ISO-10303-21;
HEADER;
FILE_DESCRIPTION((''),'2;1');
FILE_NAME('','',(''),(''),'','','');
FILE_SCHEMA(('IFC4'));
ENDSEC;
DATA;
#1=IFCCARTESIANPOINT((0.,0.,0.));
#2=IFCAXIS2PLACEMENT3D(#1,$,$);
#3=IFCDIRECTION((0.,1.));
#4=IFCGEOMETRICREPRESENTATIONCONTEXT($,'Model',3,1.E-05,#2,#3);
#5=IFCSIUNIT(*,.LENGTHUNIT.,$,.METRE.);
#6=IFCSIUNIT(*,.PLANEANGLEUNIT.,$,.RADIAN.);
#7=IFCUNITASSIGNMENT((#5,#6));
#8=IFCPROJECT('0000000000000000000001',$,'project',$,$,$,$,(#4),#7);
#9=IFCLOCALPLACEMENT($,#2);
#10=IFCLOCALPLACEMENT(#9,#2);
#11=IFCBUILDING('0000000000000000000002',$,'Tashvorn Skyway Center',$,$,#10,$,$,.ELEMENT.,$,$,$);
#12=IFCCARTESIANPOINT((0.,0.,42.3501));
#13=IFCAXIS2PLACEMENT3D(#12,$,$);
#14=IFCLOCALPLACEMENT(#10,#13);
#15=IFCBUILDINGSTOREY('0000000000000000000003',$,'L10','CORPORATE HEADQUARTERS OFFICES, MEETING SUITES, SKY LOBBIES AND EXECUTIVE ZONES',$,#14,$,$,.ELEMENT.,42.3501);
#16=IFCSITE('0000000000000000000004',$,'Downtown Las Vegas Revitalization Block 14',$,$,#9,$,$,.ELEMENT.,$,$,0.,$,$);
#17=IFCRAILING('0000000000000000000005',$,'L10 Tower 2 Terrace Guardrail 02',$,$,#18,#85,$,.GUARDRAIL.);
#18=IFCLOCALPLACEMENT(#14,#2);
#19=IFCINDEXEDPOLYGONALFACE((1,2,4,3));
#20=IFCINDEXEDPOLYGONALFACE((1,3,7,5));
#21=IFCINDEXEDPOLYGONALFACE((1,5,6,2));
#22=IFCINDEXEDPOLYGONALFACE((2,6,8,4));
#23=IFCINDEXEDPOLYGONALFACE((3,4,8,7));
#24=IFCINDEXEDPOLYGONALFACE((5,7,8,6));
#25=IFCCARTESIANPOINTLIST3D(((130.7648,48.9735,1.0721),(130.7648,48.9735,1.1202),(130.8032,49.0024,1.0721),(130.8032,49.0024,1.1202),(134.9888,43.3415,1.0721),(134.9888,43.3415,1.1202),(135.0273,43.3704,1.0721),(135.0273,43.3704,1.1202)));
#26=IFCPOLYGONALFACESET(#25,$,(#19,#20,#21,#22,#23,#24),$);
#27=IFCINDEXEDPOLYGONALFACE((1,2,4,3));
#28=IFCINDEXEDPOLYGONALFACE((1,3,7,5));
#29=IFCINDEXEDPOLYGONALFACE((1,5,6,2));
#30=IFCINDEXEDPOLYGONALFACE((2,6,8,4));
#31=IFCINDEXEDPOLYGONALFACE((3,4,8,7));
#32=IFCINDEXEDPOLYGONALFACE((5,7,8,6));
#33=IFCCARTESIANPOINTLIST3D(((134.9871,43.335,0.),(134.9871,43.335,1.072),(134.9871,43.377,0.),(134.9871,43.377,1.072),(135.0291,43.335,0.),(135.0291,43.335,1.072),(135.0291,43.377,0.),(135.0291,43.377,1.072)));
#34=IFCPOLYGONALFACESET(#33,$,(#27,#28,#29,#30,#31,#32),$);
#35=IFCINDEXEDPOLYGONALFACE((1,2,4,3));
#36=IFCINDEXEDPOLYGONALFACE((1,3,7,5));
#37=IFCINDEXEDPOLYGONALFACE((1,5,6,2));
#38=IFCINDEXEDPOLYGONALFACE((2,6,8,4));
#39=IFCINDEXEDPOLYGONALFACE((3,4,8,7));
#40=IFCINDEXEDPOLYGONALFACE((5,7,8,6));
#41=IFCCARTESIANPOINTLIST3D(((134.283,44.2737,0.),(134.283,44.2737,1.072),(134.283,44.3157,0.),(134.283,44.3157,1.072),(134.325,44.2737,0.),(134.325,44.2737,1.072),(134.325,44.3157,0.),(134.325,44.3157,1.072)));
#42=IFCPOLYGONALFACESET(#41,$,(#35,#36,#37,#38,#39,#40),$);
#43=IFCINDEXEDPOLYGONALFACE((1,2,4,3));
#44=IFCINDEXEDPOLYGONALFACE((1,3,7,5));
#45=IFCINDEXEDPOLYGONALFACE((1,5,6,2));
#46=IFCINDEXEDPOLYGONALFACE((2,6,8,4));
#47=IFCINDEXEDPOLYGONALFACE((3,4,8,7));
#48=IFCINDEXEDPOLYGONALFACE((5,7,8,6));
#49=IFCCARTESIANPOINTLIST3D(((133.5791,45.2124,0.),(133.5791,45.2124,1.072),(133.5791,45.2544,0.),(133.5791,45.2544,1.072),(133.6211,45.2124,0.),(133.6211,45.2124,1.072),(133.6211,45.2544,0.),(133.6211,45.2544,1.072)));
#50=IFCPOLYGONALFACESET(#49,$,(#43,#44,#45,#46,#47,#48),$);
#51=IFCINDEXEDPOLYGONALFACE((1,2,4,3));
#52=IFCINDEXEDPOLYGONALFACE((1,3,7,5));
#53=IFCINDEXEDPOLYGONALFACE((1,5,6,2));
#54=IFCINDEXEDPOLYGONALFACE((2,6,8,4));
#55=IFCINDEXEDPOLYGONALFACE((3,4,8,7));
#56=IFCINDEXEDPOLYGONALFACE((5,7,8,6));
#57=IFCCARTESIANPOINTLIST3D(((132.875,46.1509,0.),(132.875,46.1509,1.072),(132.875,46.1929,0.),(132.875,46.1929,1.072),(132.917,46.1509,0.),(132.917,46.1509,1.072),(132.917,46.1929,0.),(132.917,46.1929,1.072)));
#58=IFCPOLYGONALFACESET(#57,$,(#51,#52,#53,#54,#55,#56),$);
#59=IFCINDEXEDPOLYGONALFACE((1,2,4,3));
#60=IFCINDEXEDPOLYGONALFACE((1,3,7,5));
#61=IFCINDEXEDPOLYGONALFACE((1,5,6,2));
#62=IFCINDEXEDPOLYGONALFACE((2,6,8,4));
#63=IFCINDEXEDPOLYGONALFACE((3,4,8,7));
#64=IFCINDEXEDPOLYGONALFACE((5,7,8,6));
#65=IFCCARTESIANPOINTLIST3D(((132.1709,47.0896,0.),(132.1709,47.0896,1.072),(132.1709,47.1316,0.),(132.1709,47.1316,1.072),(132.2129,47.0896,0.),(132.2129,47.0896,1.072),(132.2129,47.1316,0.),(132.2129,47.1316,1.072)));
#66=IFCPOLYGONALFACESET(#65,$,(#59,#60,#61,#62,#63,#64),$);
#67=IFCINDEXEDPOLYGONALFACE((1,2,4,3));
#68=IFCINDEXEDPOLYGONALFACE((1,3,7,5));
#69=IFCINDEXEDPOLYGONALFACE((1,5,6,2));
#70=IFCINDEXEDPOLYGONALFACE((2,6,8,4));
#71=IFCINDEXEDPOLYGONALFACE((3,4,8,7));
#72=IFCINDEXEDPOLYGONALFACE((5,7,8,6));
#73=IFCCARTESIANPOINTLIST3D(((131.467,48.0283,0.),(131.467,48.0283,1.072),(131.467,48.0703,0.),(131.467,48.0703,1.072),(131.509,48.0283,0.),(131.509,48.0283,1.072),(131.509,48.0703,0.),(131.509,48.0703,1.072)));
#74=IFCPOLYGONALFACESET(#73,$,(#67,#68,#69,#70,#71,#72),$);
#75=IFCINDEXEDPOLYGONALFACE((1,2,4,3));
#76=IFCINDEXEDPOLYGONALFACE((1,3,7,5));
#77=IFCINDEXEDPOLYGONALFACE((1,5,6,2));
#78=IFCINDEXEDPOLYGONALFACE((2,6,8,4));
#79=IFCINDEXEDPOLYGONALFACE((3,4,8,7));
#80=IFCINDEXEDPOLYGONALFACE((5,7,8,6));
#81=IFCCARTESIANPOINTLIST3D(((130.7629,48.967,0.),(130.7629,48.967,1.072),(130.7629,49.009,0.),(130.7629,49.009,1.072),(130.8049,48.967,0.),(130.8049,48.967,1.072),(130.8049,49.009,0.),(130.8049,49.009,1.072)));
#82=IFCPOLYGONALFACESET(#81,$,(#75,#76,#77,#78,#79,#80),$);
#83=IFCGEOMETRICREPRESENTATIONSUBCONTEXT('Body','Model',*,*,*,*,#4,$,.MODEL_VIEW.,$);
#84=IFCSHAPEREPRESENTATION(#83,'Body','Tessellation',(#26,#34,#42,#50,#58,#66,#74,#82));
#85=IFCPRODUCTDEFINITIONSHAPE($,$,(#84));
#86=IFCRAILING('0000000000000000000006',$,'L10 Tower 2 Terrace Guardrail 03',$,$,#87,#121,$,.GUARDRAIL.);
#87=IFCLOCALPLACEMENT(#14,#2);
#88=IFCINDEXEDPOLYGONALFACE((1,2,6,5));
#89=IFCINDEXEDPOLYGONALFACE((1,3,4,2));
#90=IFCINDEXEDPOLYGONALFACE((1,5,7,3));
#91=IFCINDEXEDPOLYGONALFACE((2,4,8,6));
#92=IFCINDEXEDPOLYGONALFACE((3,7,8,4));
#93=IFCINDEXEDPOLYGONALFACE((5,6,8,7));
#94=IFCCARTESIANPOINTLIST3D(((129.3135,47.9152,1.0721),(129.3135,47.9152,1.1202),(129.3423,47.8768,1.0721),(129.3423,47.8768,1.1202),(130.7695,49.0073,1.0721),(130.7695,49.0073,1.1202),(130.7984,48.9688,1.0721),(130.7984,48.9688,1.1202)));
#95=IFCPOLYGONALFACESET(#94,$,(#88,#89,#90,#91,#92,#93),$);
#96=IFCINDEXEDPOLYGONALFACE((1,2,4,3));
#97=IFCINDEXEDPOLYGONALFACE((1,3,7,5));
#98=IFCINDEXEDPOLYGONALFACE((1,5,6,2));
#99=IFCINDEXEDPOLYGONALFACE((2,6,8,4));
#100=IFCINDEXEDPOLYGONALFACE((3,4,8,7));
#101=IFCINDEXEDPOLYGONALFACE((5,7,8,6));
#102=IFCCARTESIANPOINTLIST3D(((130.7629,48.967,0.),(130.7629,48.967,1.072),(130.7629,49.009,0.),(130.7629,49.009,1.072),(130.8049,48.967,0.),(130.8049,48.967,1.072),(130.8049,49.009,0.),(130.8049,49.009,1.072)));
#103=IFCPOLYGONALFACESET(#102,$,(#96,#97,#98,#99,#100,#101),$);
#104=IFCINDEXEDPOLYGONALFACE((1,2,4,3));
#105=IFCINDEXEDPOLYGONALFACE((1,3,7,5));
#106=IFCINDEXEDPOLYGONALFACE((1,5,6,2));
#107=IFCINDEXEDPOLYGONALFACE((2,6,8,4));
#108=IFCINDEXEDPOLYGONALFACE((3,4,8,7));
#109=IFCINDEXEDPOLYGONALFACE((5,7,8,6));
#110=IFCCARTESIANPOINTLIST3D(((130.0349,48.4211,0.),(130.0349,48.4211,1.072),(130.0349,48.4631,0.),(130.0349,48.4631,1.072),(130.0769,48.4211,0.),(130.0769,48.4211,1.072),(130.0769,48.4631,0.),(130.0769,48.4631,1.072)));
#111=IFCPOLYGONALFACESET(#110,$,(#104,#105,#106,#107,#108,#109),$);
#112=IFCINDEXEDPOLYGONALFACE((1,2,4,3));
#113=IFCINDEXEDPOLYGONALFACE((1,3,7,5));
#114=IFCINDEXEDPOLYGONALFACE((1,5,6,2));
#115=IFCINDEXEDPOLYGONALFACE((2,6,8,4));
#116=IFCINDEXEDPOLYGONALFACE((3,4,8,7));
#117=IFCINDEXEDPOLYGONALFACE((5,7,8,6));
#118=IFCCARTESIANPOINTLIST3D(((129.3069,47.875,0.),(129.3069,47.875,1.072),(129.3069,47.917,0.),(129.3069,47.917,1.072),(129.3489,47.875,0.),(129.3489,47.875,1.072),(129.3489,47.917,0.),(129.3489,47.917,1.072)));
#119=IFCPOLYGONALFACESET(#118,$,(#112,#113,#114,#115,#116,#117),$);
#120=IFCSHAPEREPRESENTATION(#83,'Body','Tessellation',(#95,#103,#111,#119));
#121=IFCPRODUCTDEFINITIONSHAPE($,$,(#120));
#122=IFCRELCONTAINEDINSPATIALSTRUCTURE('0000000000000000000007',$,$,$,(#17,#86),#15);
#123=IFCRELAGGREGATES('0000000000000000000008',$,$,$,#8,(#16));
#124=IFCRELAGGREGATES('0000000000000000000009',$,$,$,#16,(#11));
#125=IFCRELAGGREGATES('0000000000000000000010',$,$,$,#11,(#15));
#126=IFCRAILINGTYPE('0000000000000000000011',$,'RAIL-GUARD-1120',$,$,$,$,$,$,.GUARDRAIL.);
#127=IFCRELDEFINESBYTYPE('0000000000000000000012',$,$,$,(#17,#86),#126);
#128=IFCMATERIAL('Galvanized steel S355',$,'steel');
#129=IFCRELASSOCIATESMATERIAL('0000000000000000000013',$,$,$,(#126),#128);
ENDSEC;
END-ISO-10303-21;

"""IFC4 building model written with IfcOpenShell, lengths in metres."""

from ifc_helpers import new_model, si_unit, direction, frame, origin, origin_2d, place, context, subcontext, project, spatial, rectangle, extrude, material, type_object, element, save


model = new_model("IFC4")

# Units and contexts
model_context = context("Model", 3, precision=1e-05, world=origin(), true_north=direction((0.0, 1.0)))
body_context = subcontext(model_context, "Body", "Model", "MODEL_VIEW")
ifc_project = project(units=[si_unit("LENGTHUNIT", "METRE"), si_unit("PLANEANGLEUNIT", "RADIAN")], contexts=[model_context])

# Site, building, storey
site_placement = place(None, origin())
site = spatial("IfcSite", under=ifc_project, at=site_placement, Name="Downtown Las Vegas Revitalization Block 14", CompositionType="ELEMENT", RefElevation=0.0)
building_placement = place(site_placement, origin())
building = spatial("IfcBuilding", under=site, at=building_placement, Name="Tashvorn Skyway Center", CompositionType="ELEMENT")
storey_placement = place(building_placement, frame((0.0, 0.0, 42.3501)))
storey = spatial("IfcBuildingStorey", under=building, at=storey_placement, Name="L10", Description="CORPORATE HEADQUARTERS OFFICES, MEETING SUITES, SKY LOBBIES AND EXECUTIVE ZONES", CompositionType="ELEMENT", Elevation=42.3501)

# Railings
ifc_material_1 = material(Name="Galvanized steel S355", Category="steel")
railing_type = type_object("IfcRailingType", Name="RAIL-GUARD-1120", PredefinedType="GUARDRAIL", material=ifc_material_1)
railing_1_placement = place(storey_placement, frame((135.0081, 43.356, 0.0)))
element("IfcRailing", 1, at=railing_1_placement, inside=storey, type_object=railing_type, Name="L10 Tower 2 Terrace Guardrail 02", PredefinedType="GUARDRAIL", context=body_context, shape_type="SweptSolid", body=[
    extrude(rectangle(XDim=0.0481, YDim=0.0481, at=origin_2d()), frame((0.0, 0.0, 1.0962), z_axis=(-0.600006, 0.799996, 0.0), x_axis=(-0.799996, -0.600006, 0.0)), (0.0, 0.0, 1.0), 7.04),
    extrude(rectangle(XDim=0.042, YDim=0.042, at=origin_2d()), origin(), (0.0, 0.0, 1.0), 1.072),
    extrude(rectangle(XDim=0.042, YDim=0.042, at=origin_2d()), frame((-0.7041, 0.9387, 0.0)), (0.0, 0.0, 1.0), 1.072),
    extrude(rectangle(XDim=0.042, YDim=0.042, at=origin_2d()), frame((-1.408, 1.8774, 0.0)), (0.0, 0.0, 1.0), 1.072),
    extrude(rectangle(XDim=0.042, YDim=0.042, at=origin_2d()), frame((-2.1121, 2.8159, 0.0)), (0.0, 0.0, 1.0), 1.072),
    extrude(rectangle(XDim=0.042, YDim=0.042, at=origin_2d()), frame((-2.8162, 3.7546, 0.0)), (0.0, 0.0, 1.0), 1.072),
    extrude(rectangle(XDim=0.042, YDim=0.042, at=origin_2d()), frame((-3.52, 4.6934, 0.0)), (0.0, 0.0, 1.0), 1.072),
    extrude(rectangle(XDim=0.042, YDim=0.042, at=origin_2d()), frame((-4.2241, 5.6321, 0.0)), (0.0, 0.0, 1.0), 1.072),
])
railing_2_placement = place(storey_placement, frame((130.7839, 48.988, 0.0)))
element("IfcRailing", 2, at=railing_2_placement, inside=storey, type_object=railing_type, Name="L10 Tower 2 Terrace Guardrail 03", PredefinedType="GUARDRAIL", context=body_context, shape_type="SweptSolid", body=[
    extrude(rectangle(XDim=0.0481, YDim=0.0481, at=origin_2d()), frame((0.0, 0.0, 1.0962), z_axis=(-0.8, -0.6, 0.0), x_axis=(0.6, -0.8, 0.0)), (0.0, 0.0, 1.0), 1.8201),
    extrude(rectangle(XDim=0.042, YDim=0.042, at=origin_2d()), origin(), (0.0, 0.0, 1.0), 1.072),
    extrude(rectangle(XDim=0.042, YDim=0.042, at=origin_2d()), frame((-0.728, -0.5459, 0.0)), (0.0, 0.0, 1.0), 1.072),
    extrude(rectangle(XDim=0.042, YDim=0.042, at=origin_2d()), frame((-1.4561, -1.092, 0.0)), (0.0, 0.0, 1.0), 1.072),
])

save(model, "model.ifc")
